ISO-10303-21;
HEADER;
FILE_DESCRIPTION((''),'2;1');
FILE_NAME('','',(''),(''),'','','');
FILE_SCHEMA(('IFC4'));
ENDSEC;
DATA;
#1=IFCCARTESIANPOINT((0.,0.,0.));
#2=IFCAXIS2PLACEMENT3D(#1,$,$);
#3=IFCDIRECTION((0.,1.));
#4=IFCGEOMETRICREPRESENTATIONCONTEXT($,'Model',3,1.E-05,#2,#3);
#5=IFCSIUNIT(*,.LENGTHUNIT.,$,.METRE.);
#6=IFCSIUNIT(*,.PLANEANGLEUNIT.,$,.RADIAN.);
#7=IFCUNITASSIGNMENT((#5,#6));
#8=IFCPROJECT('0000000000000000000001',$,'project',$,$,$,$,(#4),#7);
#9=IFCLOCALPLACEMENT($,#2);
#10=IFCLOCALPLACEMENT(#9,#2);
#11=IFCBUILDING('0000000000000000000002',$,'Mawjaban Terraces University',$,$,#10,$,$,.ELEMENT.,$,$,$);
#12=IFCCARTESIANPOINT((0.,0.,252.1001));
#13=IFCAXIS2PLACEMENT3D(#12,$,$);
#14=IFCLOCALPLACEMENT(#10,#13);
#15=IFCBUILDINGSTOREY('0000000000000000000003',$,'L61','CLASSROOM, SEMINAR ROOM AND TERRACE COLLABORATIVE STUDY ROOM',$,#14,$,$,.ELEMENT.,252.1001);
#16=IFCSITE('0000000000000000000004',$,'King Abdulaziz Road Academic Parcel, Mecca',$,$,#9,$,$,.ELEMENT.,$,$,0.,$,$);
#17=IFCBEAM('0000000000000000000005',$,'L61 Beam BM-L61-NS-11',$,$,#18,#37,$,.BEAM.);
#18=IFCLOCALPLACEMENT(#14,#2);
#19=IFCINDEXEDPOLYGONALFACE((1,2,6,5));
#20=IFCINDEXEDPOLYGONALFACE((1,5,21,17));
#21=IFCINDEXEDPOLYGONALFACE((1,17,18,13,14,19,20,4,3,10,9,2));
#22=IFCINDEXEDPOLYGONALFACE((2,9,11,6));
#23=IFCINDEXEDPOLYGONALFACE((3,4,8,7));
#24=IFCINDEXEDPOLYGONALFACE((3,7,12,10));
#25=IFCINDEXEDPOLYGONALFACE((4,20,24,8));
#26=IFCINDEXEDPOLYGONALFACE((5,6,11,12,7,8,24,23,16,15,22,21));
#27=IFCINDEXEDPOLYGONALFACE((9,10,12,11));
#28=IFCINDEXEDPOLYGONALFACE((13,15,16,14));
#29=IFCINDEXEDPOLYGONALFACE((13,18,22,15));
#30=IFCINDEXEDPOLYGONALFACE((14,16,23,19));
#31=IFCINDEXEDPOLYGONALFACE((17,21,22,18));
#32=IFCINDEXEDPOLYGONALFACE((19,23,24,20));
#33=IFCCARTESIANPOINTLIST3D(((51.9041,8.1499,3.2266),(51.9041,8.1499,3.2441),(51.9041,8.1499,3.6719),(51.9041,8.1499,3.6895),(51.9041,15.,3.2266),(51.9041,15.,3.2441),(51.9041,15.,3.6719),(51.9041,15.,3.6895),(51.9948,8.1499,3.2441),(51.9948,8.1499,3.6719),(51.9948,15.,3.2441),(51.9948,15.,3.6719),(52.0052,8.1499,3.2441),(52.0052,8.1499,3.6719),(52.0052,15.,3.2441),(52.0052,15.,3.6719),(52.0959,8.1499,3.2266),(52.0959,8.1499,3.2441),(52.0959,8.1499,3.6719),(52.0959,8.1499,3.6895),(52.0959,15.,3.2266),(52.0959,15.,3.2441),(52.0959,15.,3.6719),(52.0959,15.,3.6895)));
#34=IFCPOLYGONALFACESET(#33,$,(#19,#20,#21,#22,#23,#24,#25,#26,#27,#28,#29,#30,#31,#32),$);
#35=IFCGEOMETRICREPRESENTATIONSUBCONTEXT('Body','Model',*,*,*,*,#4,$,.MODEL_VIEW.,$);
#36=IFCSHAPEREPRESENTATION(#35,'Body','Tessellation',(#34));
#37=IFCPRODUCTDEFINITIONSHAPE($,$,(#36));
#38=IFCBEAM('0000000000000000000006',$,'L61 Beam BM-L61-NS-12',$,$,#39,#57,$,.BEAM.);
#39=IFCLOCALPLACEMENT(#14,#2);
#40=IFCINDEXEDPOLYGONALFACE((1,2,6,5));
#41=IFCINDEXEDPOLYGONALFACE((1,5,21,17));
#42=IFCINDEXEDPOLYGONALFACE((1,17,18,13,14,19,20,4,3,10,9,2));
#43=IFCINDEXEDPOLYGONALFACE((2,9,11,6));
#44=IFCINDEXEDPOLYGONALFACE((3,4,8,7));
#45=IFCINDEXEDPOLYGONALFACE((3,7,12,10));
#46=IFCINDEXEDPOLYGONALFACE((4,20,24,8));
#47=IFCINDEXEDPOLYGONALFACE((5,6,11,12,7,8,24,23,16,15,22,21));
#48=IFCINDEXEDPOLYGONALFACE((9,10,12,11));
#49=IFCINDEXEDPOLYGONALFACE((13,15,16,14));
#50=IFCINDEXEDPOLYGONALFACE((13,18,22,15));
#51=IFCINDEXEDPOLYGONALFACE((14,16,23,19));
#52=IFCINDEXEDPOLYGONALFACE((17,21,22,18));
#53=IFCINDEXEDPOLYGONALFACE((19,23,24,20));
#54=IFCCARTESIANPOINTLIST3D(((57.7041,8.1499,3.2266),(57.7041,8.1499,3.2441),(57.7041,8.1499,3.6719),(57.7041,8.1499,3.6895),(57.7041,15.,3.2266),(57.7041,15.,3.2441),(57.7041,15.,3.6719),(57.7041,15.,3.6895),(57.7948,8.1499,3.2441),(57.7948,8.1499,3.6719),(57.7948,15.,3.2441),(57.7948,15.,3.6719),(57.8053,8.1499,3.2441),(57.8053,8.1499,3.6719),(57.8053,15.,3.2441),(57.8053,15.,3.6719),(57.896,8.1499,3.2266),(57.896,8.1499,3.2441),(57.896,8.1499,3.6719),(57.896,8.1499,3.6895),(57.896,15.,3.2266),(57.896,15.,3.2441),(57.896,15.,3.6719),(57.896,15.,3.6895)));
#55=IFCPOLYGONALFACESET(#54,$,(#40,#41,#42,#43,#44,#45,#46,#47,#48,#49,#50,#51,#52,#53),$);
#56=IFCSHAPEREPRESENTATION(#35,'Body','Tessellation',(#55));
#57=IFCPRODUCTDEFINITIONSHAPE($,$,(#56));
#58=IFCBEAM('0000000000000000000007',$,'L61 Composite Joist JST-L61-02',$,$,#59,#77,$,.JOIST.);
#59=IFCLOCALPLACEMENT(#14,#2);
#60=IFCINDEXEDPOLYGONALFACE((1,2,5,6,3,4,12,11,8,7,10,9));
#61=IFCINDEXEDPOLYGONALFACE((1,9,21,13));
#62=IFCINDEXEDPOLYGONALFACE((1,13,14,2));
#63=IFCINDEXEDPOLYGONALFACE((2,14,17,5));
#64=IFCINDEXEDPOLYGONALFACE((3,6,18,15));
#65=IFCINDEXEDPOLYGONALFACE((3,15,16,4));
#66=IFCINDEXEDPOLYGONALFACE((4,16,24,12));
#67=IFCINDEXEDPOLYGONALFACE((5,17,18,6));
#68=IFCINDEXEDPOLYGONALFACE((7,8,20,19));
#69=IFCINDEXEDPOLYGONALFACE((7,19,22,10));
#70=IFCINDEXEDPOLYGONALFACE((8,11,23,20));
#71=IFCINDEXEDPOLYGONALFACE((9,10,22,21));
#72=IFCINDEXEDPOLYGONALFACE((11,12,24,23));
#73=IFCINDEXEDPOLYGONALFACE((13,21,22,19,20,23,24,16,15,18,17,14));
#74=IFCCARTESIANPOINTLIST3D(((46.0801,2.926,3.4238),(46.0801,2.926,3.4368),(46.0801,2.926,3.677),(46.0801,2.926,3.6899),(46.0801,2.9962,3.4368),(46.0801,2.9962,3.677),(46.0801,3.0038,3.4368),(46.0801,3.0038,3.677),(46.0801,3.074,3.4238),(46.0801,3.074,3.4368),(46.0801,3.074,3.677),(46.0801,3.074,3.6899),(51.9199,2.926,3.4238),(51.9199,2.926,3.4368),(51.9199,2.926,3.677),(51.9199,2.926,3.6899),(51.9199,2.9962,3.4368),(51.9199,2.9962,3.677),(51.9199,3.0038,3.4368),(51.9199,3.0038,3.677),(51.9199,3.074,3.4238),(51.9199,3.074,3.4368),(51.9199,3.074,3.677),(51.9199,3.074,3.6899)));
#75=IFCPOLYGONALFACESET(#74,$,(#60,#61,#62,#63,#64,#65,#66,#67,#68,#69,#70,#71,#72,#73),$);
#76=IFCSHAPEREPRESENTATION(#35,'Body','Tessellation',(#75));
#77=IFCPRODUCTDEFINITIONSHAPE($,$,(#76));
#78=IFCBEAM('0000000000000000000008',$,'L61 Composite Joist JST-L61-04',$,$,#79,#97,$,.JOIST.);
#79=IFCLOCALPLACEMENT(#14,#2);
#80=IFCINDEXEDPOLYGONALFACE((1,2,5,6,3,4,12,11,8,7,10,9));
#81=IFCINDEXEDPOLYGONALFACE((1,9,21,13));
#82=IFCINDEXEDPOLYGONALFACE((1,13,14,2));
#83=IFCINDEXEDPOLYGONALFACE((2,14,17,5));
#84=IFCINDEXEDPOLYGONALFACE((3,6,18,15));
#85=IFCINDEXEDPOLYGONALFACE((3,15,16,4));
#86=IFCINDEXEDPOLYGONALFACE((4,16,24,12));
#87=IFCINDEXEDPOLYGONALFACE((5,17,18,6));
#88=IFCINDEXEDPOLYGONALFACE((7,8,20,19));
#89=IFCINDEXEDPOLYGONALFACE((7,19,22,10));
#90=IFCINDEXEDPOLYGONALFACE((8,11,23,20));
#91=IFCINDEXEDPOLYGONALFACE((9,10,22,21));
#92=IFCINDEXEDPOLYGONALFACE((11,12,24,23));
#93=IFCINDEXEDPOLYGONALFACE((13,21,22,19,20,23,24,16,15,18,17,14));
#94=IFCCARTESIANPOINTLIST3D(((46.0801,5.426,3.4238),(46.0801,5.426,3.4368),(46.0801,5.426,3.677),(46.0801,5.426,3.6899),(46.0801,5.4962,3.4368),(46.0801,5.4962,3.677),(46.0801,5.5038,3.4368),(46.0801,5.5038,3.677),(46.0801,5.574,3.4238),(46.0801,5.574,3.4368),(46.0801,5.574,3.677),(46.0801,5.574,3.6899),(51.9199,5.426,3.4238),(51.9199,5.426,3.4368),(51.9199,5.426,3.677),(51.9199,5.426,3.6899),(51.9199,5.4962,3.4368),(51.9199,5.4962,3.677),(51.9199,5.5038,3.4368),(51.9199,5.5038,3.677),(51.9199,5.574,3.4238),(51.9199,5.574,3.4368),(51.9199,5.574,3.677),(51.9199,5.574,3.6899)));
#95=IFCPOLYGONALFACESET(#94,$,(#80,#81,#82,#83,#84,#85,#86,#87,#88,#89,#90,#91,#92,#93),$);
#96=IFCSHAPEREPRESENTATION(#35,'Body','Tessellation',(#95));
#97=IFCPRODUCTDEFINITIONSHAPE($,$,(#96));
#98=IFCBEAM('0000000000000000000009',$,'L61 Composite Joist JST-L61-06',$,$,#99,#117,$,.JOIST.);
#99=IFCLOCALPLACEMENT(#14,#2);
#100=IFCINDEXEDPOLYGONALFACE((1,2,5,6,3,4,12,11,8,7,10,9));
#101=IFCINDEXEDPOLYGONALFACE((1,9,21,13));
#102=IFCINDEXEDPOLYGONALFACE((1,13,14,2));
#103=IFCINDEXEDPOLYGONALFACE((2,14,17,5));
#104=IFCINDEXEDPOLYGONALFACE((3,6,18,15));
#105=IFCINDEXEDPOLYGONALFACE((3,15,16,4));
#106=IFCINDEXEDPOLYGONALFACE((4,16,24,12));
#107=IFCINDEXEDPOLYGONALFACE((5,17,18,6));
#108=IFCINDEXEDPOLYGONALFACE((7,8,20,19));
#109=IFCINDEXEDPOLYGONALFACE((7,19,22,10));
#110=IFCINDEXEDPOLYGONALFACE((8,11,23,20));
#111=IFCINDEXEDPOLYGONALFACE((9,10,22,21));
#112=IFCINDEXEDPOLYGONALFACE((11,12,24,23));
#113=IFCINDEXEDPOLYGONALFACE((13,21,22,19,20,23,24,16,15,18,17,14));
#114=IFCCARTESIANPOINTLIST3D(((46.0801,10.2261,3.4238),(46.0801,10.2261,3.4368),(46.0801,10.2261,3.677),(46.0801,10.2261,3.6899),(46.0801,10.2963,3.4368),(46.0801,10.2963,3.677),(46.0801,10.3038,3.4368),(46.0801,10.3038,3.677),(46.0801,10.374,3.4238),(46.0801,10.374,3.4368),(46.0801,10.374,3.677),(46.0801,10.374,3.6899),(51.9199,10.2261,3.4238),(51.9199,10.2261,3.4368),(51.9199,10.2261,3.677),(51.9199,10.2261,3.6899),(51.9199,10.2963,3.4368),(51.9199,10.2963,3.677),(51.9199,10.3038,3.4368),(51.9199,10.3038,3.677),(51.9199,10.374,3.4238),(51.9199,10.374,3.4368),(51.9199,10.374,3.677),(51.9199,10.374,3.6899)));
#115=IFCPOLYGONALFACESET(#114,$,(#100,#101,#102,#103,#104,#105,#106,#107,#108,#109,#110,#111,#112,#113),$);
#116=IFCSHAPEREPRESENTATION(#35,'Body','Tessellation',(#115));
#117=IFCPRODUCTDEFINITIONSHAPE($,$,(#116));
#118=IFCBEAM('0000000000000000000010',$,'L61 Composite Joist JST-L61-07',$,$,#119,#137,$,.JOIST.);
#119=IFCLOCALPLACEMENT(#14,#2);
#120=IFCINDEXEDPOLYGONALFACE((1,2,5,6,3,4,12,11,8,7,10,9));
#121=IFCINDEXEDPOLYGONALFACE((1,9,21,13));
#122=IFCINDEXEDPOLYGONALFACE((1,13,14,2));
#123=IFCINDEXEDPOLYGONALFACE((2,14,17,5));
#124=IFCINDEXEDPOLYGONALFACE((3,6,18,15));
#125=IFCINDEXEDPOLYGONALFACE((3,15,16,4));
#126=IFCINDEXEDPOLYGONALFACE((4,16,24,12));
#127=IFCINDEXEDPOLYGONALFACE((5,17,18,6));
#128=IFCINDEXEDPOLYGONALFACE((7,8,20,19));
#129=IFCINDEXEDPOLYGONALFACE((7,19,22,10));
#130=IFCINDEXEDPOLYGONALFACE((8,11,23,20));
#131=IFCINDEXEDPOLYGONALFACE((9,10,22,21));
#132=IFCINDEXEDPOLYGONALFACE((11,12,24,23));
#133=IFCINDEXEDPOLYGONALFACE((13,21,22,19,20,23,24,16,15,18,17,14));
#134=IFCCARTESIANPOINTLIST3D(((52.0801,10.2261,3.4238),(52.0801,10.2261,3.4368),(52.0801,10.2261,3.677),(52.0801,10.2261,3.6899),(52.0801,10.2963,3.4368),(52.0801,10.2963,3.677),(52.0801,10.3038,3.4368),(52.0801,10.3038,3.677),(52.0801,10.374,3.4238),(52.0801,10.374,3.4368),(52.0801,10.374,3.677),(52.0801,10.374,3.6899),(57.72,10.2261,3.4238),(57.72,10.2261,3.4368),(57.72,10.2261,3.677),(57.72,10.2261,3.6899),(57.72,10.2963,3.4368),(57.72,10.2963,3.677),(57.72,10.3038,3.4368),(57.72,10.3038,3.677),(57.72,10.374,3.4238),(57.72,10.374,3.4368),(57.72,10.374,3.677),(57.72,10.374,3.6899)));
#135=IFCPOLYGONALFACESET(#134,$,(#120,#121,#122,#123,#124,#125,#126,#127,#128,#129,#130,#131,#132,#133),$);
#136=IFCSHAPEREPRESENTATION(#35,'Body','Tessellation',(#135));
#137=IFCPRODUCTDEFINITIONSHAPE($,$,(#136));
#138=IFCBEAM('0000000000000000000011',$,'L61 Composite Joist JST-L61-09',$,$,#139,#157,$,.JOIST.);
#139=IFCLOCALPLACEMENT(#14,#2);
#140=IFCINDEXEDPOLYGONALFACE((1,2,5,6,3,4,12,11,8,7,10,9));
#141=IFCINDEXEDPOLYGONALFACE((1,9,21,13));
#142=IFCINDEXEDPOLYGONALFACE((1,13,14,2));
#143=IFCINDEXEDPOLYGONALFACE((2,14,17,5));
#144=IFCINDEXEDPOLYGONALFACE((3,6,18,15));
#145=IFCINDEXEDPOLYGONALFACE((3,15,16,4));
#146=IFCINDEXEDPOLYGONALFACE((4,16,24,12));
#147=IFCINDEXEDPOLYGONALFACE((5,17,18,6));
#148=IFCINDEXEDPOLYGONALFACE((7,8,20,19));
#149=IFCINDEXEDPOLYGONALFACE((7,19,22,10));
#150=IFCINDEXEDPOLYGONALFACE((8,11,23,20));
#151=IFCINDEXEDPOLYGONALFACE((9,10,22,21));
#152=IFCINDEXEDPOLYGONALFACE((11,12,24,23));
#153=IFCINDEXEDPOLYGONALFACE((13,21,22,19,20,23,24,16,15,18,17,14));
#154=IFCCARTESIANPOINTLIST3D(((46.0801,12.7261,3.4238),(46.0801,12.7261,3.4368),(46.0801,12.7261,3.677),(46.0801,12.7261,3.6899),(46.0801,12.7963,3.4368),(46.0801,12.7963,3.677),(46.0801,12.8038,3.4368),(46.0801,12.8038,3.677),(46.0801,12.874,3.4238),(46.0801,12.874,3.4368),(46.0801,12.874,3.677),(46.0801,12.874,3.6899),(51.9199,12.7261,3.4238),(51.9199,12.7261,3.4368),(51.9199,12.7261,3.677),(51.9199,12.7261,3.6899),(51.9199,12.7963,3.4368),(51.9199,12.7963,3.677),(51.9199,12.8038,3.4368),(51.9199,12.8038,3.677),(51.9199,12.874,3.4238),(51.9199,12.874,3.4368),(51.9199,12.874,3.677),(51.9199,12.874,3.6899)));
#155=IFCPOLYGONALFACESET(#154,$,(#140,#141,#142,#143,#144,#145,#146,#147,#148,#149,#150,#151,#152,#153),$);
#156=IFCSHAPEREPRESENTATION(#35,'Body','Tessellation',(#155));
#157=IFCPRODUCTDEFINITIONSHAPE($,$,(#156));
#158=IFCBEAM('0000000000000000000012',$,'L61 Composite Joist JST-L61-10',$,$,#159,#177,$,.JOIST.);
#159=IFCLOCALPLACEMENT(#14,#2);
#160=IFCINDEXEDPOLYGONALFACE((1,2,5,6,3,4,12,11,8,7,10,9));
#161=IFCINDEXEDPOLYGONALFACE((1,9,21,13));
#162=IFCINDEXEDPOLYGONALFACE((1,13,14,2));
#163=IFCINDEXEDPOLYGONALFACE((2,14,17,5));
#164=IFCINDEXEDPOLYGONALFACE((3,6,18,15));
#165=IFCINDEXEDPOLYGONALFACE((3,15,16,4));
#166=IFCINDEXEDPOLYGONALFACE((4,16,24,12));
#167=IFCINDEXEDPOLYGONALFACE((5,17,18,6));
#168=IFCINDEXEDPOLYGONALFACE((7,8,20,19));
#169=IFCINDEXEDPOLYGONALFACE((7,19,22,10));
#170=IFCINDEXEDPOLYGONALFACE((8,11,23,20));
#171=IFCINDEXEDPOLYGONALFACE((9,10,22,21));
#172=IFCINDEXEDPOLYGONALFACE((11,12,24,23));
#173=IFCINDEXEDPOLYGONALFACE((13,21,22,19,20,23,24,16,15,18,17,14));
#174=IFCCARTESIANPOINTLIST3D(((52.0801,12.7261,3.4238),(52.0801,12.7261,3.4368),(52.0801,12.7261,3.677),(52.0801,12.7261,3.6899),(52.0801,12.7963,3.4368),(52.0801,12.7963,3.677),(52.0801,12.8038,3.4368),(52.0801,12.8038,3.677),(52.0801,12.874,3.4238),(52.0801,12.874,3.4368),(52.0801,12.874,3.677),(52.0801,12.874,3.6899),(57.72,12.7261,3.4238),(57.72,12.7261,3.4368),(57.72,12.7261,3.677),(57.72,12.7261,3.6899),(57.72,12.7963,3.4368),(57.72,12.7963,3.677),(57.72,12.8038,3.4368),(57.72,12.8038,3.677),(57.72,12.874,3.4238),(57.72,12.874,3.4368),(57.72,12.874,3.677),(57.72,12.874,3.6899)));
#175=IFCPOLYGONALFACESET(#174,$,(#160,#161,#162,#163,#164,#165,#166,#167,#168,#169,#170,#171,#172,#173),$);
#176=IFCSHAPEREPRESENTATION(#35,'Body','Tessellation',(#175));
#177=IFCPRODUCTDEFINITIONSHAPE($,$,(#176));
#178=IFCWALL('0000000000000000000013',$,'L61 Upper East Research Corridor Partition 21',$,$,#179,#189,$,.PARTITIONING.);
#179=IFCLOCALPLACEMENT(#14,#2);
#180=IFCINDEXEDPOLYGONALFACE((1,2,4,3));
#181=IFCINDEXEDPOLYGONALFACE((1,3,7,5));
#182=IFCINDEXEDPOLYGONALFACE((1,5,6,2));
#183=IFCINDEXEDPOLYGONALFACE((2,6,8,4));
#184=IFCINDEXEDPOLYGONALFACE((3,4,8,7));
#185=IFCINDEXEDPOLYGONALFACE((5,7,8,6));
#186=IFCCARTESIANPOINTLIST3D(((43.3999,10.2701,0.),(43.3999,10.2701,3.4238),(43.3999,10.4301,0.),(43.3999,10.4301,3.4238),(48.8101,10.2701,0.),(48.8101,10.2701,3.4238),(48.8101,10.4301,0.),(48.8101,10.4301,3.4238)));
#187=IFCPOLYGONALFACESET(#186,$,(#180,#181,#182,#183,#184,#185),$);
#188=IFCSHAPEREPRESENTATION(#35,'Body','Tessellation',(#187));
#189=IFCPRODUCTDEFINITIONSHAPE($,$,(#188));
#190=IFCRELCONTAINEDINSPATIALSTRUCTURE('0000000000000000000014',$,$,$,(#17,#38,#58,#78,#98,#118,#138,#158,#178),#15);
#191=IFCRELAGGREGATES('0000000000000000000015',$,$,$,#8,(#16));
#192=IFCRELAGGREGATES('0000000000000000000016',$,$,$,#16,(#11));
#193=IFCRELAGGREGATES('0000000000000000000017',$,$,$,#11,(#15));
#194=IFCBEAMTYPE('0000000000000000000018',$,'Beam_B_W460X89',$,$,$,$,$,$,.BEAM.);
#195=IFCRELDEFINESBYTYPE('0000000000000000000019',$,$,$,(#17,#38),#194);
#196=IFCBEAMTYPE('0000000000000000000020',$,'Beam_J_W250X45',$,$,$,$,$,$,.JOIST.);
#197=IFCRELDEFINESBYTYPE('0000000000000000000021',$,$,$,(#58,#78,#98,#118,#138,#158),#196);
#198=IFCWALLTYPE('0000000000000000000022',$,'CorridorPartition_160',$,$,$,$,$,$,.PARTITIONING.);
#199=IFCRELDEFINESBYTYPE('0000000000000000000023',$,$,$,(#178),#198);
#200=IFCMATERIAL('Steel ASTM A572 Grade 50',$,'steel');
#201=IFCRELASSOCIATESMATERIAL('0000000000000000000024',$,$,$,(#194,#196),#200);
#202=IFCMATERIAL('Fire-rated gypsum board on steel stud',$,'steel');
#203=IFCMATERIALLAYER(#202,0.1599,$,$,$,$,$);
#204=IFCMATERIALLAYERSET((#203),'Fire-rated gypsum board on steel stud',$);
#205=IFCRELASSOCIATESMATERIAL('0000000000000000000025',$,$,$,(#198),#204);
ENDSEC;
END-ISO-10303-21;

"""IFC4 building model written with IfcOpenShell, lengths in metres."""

from ifc_helpers import new_model, si_unit, direction, frame, frame_2d, origin, origin_2d, place, context, subcontext, project, spatial, rectangle, i_section, extrude, material, layer, layer_set, material_profile, profile_set, type_object, element, save


model = new_model("IFC4")

# Units and contexts
model_context = context("Model", 3, precision=1e-05, world=origin(), true_north=direction((0.0, 1.0)))
body_context = subcontext(model_context, "Body", "Model", "MODEL_VIEW")
ifc_project = project(units=[si_unit("LENGTHUNIT", "METRE"), si_unit("PLANEANGLEUNIT", "RADIAN")], contexts=[model_context])

# Site, building, storey
site_placement = place(None, origin())
site = spatial("IfcSite", under=ifc_project, at=site_placement, Name="King Abdulaziz Road Academic Parcel, Mecca", CompositionType="ELEMENT", RefElevation=0.0)
building_placement = place(site_placement, origin())
building = spatial("IfcBuilding", under=site, at=building_placement, Name="Mawjaban Terraces University", CompositionType="ELEMENT")
storey_placement = place(building_placement, frame((0.0, 0.0, 252.1001)))
storey = spatial("IfcBuildingStorey", under=building, at=storey_placement, Name="L61", Description="CLASSROOM, SEMINAR ROOM AND TERRACE COLLABORATIVE STUDY ROOM", CompositionType="ELEMENT", Elevation=252.1001)

# Beams
ifc_material_1 = material(Name="Steel ASTM A572 Grade 50", Category="steel")
ifc_material_profile_1 = material_profile(ifc_material_1, i_section(OverallWidth=0.1919, OverallDepth=0.4629, WebThickness=0.0105, FlangeThickness=0.0176, at=origin_2d()), Name="W460X89")
ifc_profile_set_1 = profile_set([ifc_material_profile_1], Name="Steel ASTM A572 Grade 50")
beam_type_1 = type_object("IfcBeamType", Name="Beam_B_W460X89", PredefinedType="BEAM", material=ifc_profile_set_1)
for number, where, z_axis, x_axis, name in (
    (1, (52.0, 8.1499, 3.458), (0.0, 1.0, 0.0), (-1.0, 0.0, 0.0), "L61 Beam BM-L61-NS-11"),
    (2, (57.8, 8.1499, 3.458), (0.0, 1.0, 0.0), (-1.0, 0.0, 0.0), "L61 Beam BM-L61-NS-12"),
):
    element("IfcBeam", number, at=place(storey_placement, frame(where, z_axis=z_axis, x_axis=x_axis)), inside=storey, type_object=beam_type_1, Name=name, PredefinedType="BEAM", context=body_context, shape_type="SweptSolid", body=[
        extrude(i_section(OverallWidth=0.1919, OverallDepth=0.4629, WebThickness=0.0105, FlangeThickness=0.0176, at=origin_2d()), origin(), (0.0, 0.0, 1.0), 6.8501),
    ])
ifc_material_profile_2 = material_profile(ifc_material_1, i_section(OverallWidth=0.1479, OverallDepth=0.2661, WebThickness=0.0076, FlangeThickness=0.0129, at=origin_2d()), Name="W250X45")
ifc_profile_set_2 = profile_set([ifc_material_profile_2], Name="Steel ASTM A572 Grade 50")
beam_type_2 = type_object("IfcBeamType", Name="Beam_J_W250X45", PredefinedType="JOIST", material=ifc_profile_set_2)
for number, where, z_axis, x_axis, name in (
    (3, (46.0801, 3.0, 3.5569), (1.0, 0.0, 0.0), (0.0, 1.0, 0.0), "L61 Composite Joist JST-L61-02"),
    (4, (46.0801, 5.5, 3.5569), (1.0, 0.0, 0.0), (0.0, 1.0, 0.0), "L61 Composite Joist JST-L61-04"),
    (5, (46.0801, 10.3, 3.5569), (1.0, 0.0, 0.0), (0.0, 1.0, 0.0), "L61 Composite Joist JST-L61-06"),
):
    element("IfcBeam", number, at=place(storey_placement, frame(where, z_axis=z_axis, x_axis=x_axis)), inside=storey, type_object=beam_type_2, Name=name, PredefinedType="JOIST", context=body_context, shape_type="SweptSolid", body=[
        extrude(i_section(OverallWidth=0.1479, OverallDepth=0.2661, WebThickness=0.0076, FlangeThickness=0.0129, at=origin_2d()), origin(), (0.0, 0.0, 1.0), 5.8398),
    ])
beam_1_placement = place(storey_placement, frame((52.0801, 10.3, 3.5569), z_axis=(1.0, 0.0, 0.0), x_axis=(0.0, 1.0, 0.0)))
element("IfcBeam", 6, at=beam_1_placement, inside=storey, type_object=beam_type_2, Name="L61 Composite Joist JST-L61-07", PredefinedType="JOIST", context=body_context, shape_type="SweptSolid", body=[
    extrude(i_section(OverallWidth=0.1479, OverallDepth=0.2661, WebThickness=0.0076, FlangeThickness=0.0129, at=origin_2d()), origin(), (0.0, 0.0, 1.0), 5.6399),
])
beam_2_placement = place(storey_placement, frame((46.0801, 12.8, 3.5569), z_axis=(1.0, 0.0, 0.0), x_axis=(0.0, 1.0, 0.0)))
element("IfcBeam", 7, at=beam_2_placement, inside=storey, type_object=beam_type_2, Name="L61 Composite Joist JST-L61-09", PredefinedType="JOIST", context=body_context, shape_type="SweptSolid", body=[
    extrude(i_section(OverallWidth=0.1479, OverallDepth=0.2661, WebThickness=0.0076, FlangeThickness=0.0129, at=origin_2d()), origin(), (0.0, 0.0, 1.0), 5.8398),
])
beam_3_placement = place(storey_placement, frame((52.0801, 12.8, 3.5569), z_axis=(1.0, 0.0, 0.0), x_axis=(0.0, 1.0, 0.0)))
element("IfcBeam", 8, at=beam_3_placement, inside=storey, type_object=beam_type_2, Name="L61 Composite Joist JST-L61-10", PredefinedType="JOIST", context=body_context, shape_type="SweptSolid", body=[
    extrude(i_section(OverallWidth=0.1479, OverallDepth=0.2661, WebThickness=0.0076, FlangeThickness=0.0129, at=origin_2d()), origin(), (0.0, 0.0, 1.0), 5.6399),
])

# Wall
ifc_material_2 = material(Name="Fire-rated gypsum board on steel stud", Category="steel")
ifc_layer_1 = layer(ifc_material_2, 0.1599)
ifc_layer_set_1 = layer_set([ifc_layer_1], Name="Fire-rated gypsum board on steel stud")
wall_type_1 = type_object("IfcWallType", Name="CorridorPartition_160", PredefinedType="PARTITIONING", material=ifc_layer_set_1)
wall_1_placement = place(storey_placement, frame((48.8101, 10.3501, 0.0), z_axis=(0.0, 0.0, 1.0), x_axis=(-1.0, 0.0, 0.0)))
element("IfcWall", 9, at=wall_1_placement, inside=storey, type_object=wall_type_1, Name="L61 Upper East Research Corridor Partition 21", PredefinedType="PARTITIONING", context=body_context, shape_type="SweptSolid", body=[
    extrude(rectangle(XDim=5.4102, YDim=0.1599, at=frame_2d((2.7051, 0.0))), origin(), (0.0, 0.0, 1.0), 3.4238),
])

save(model, "model.ifc")
